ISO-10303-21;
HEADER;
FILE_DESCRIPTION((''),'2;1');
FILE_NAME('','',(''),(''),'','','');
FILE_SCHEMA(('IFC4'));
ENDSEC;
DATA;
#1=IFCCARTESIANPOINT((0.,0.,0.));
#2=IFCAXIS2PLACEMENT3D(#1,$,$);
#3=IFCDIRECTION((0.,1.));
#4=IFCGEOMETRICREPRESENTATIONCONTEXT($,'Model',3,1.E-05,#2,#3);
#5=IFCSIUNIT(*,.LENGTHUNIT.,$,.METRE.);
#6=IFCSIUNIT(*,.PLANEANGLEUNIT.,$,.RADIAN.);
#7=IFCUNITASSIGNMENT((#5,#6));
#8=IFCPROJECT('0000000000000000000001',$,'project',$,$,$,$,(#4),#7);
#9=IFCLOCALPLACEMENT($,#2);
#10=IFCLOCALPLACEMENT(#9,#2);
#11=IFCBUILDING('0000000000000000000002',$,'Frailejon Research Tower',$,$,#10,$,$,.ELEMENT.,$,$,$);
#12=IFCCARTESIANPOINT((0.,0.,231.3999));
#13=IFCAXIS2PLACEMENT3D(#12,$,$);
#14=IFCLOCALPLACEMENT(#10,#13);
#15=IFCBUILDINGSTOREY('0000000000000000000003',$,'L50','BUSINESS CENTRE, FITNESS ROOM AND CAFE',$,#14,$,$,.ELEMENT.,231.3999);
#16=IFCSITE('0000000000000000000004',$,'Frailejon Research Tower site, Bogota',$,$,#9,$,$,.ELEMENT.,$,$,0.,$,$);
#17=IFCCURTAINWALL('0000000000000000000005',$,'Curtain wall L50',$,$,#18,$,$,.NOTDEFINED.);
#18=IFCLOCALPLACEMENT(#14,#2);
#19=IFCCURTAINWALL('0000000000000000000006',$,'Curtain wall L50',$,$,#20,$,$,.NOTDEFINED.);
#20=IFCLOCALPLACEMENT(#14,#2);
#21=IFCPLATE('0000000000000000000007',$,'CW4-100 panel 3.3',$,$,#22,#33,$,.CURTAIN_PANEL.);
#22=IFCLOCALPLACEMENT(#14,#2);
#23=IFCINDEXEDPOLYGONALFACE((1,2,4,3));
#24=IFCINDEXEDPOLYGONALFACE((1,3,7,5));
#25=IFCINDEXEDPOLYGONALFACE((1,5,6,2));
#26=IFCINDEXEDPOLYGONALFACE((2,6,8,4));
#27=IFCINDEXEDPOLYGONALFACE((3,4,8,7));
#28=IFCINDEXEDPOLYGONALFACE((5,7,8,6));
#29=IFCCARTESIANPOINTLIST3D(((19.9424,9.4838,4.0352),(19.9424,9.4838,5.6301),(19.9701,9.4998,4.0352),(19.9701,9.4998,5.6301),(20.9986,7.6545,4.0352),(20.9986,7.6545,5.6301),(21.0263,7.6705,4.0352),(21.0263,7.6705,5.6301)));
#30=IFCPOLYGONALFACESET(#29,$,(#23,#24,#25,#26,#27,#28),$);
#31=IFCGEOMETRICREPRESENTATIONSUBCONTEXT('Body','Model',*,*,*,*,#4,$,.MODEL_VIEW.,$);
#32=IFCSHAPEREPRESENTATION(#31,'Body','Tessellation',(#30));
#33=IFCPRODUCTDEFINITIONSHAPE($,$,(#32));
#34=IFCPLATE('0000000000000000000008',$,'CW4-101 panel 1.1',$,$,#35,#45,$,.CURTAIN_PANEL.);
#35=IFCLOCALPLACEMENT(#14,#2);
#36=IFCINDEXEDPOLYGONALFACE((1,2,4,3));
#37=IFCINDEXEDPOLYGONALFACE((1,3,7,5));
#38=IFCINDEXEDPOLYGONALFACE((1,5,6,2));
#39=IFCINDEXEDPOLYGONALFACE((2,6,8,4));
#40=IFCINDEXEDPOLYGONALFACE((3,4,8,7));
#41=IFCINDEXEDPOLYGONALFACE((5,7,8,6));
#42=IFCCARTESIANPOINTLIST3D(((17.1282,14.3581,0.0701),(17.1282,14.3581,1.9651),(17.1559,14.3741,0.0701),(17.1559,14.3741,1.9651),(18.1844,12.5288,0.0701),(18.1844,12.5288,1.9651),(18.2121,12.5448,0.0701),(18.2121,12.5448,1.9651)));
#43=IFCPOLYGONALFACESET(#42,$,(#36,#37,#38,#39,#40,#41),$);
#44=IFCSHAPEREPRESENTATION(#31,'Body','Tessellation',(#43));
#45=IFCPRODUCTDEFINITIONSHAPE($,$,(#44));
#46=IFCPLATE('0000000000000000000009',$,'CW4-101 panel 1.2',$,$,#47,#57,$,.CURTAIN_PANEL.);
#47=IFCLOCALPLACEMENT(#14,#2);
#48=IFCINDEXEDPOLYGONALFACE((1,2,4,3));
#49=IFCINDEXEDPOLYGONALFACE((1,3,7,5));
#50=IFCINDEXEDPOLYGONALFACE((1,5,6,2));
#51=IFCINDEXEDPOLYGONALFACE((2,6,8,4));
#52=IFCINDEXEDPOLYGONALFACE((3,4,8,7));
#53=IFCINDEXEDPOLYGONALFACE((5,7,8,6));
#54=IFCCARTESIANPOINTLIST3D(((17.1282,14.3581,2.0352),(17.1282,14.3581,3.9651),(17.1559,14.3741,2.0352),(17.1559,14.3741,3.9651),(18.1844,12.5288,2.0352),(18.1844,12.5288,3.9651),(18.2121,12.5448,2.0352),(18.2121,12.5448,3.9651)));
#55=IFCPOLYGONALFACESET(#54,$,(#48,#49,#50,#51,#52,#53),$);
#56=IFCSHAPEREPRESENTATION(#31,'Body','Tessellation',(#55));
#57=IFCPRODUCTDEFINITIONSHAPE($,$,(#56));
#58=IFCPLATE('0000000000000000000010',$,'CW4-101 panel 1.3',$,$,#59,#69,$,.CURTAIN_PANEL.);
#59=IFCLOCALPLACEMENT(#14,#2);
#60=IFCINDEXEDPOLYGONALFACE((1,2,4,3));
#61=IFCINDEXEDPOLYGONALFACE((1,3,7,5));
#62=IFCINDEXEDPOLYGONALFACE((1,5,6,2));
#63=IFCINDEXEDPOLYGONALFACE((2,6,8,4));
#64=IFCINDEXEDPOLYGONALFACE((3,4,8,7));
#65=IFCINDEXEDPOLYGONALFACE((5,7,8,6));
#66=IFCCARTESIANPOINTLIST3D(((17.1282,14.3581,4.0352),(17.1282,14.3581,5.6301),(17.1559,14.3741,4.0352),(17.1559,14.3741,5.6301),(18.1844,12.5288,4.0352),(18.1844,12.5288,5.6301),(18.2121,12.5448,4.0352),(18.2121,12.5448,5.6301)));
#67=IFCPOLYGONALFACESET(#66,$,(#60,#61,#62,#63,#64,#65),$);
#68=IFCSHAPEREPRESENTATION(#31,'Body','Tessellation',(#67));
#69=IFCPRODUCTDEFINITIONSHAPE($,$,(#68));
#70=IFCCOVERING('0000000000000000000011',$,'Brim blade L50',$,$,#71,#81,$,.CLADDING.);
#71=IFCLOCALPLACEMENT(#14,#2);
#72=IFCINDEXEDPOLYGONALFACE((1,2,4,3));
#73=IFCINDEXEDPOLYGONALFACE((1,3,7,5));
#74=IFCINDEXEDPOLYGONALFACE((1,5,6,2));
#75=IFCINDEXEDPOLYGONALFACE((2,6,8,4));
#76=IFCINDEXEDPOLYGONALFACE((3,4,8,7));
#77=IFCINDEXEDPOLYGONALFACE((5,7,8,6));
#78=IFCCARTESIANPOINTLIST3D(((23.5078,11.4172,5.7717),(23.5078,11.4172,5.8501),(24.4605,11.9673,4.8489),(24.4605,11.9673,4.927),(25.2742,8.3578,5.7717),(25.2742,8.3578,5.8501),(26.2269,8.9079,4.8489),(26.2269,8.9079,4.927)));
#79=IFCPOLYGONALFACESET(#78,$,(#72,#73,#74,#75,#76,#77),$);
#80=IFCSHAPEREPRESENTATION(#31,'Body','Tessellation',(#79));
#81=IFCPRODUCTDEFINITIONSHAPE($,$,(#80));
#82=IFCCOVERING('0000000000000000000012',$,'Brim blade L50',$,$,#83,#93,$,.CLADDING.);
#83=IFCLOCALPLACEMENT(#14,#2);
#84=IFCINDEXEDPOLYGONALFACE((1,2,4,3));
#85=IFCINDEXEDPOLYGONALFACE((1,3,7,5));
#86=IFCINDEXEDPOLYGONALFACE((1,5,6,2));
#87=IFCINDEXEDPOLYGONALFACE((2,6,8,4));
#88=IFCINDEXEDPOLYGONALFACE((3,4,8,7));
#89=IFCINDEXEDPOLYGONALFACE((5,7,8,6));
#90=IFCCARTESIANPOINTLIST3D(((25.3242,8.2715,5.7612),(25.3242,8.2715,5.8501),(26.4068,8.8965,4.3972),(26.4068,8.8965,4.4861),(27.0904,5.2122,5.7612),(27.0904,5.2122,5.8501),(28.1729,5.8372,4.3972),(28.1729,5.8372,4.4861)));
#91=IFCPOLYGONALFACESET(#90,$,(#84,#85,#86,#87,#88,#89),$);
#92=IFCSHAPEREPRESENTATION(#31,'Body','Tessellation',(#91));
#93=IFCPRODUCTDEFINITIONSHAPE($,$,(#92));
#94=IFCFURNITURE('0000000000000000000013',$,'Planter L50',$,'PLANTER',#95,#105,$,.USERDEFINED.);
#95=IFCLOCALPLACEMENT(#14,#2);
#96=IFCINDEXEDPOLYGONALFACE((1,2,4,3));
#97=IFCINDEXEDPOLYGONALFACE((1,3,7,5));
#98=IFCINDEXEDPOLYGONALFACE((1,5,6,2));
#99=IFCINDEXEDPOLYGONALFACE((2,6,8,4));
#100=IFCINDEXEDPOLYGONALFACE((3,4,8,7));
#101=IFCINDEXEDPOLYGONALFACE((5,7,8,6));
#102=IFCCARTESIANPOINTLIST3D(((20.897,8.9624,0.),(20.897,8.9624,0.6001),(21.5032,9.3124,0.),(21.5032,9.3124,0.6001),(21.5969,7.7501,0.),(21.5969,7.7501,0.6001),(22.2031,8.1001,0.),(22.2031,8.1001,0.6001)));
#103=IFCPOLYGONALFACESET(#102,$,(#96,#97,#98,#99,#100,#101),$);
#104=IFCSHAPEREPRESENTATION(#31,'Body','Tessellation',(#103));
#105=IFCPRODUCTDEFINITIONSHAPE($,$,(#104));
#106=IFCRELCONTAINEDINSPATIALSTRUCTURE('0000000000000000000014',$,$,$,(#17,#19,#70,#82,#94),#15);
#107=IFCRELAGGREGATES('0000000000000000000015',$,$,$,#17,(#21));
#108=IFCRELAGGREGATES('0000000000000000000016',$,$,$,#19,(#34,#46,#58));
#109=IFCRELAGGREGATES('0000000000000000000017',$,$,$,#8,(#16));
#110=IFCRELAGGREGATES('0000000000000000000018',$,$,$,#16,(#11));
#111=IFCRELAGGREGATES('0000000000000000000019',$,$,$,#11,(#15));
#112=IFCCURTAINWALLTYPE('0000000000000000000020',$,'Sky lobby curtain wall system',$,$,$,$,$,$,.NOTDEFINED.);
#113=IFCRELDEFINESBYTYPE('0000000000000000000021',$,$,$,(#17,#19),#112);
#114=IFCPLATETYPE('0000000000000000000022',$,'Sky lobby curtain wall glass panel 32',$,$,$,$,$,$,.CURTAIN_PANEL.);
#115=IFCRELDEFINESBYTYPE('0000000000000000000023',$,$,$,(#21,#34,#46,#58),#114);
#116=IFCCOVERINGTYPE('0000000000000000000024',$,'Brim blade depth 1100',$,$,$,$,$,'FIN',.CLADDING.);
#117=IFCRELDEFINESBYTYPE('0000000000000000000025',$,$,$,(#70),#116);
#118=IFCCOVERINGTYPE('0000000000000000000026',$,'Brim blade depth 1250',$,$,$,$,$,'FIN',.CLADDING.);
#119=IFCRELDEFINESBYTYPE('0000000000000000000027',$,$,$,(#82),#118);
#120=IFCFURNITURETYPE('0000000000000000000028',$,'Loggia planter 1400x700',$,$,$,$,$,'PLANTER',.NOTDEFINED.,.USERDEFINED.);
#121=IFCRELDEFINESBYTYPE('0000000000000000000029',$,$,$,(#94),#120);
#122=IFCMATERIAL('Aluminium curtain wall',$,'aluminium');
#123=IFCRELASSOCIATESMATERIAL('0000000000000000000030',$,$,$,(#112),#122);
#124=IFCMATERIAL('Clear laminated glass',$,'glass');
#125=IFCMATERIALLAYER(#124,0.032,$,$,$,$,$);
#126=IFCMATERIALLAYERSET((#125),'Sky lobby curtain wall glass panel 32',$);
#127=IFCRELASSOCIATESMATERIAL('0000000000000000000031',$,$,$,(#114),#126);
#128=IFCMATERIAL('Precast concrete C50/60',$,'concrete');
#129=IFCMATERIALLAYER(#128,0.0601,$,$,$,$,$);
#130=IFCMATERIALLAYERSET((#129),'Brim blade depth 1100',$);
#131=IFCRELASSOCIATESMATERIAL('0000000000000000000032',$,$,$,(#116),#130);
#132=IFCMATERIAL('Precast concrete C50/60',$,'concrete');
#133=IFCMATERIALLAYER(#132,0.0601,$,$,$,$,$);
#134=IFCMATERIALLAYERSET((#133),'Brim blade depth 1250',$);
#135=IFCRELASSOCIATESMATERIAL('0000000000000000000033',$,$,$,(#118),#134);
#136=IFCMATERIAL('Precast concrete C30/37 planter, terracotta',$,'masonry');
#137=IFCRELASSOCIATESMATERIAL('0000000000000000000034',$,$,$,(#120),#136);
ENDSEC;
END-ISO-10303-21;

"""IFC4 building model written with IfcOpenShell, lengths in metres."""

from ifc_helpers import new_model, si_unit, direction, frame, origin, origin_2d, place, context, subcontext, project, spatial, polyline, rectangle, outline, extrude, material, layer, layer_set, type_object, element, aggregate, save


model = new_model("IFC4")

# Units and contexts
model_context = context("Model", 3, precision=1e-05, world=origin(), true_north=direction((0.0, 1.0)))
body_context = subcontext(model_context, "Body", "Model", "MODEL_VIEW")
ifc_project = project(units=[si_unit("LENGTHUNIT", "METRE"), si_unit("PLANEANGLEUNIT", "RADIAN")], contexts=[model_context])

# Site, building, storey
site_placement = place(None, origin())
site = spatial("IfcSite", under=ifc_project, at=site_placement, Name="Frailejon Research Tower site, Bogota", CompositionType="ELEMENT", RefElevation=0.0)
building_placement = place(site_placement, origin())
building = spatial("IfcBuilding", under=site, at=building_placement, Name="Frailejon Research Tower", CompositionType="ELEMENT")
storey_placement = place(building_placement, frame((0.0, 0.0, 231.3999)))
storey = spatial("IfcBuildingStorey", under=building, at=storey_placement, Name="L50", Description="BUSINESS CENTRE, FITNESS ROOM AND CAFE", CompositionType="ELEMENT", Elevation=231.3999)

# Curtain wall
ifc_material_1 = material(Name="Aluminium curtain wall", Category="aluminium")
curtain_wall_type = type_object("IfcCurtainWallType", Name="Sky lobby curtain wall system", PredefinedType="NOTDEFINED", material=ifc_material_1)
curtain_wall_1_placement = place(storey_placement, origin())
curtain_wall_1 = element("IfcCurtainWall", 1, at=curtain_wall_1_placement, inside=storey, type_object=curtain_wall_type, Name="Curtain wall L50", PredefinedType="NOTDEFINED")

# Curtain wall
curtain_wall_2_placement = place(storey_placement, origin())
curtain_wall_2 = element("IfcCurtainWall", 2, at=curtain_wall_2_placement, inside=storey, type_object=curtain_wall_type, Name="Curtain wall L50", PredefinedType="NOTDEFINED")

# Plates
ifc_material_2 = material(Name="Clear laminated glass", Category="glass")
ifc_layer_1 = layer(ifc_material_2, 0.032)
ifc_layer_set_1 = layer_set([ifc_layer_1], Name="Sky lobby curtain wall glass panel 32")
plate_type = type_object("IfcPlateType", Name="Sky lobby curtain wall glass panel 32", PredefinedType="CURTAIN_PANEL", material=ifc_layer_set_1)
plate_1_placement = place(storey_placement, frame((20.4844, 8.5771, 4.0352), z_axis=(0.0, 0.0, 1.0), x_axis=(-0.5, 0.866025, 0.0)))
plate_1 = element("IfcPlate", 3, at=plate_1_placement, type_object=plate_type, Name="CW4-100 panel 3.3", PredefinedType="CURTAIN_PANEL", context=body_context, shape_type="SweptSolid", body=[
    extrude(rectangle(XDim=2.1123, YDim=0.032, at=origin_2d()), origin(), (0.0, 0.0, 1.0), 1.595),
])
aggregate(curtain_wall_1, [plate_1])
plate_2_placement = place(storey_placement, frame((17.6702, 13.4514, 0.0701), z_axis=(0.0, 0.0, 1.0), x_axis=(-0.5, 0.866025, 0.0)))
plate_2 = element("IfcPlate", 4, at=plate_2_placement, type_object=plate_type, Name="CW4-101 panel 1.1", PredefinedType="CURTAIN_PANEL", context=body_context, shape_type="SweptSolid", body=[
    extrude(rectangle(XDim=2.1123, YDim=0.032, at=origin_2d()), origin(), (0.0, 0.0, 1.0), 1.895),
])
plate_3_placement = place(storey_placement, frame((17.6702, 13.4514, 2.0352), z_axis=(0.0, 0.0, 1.0), x_axis=(-0.5, 0.866025, 0.0)))
plate_3 = element("IfcPlate", 5, at=plate_3_placement, type_object=plate_type, Name="CW4-101 panel 1.2", PredefinedType="CURTAIN_PANEL", context=body_context, shape_type="SweptSolid", body=[
    extrude(rectangle(XDim=2.1123, YDim=0.032, at=origin_2d()), origin(), (0.0, 0.0, 1.0), 1.9299),
])
plate_4_placement = place(storey_placement, frame((17.6702, 13.4514, 4.0352), z_axis=(0.0, 0.0, 1.0), x_axis=(-0.5, 0.866025, 0.0)))
plate_4 = element("IfcPlate", 6, at=plate_4_placement, type_object=plate_type, Name="CW4-101 panel 1.3", PredefinedType="CURTAIN_PANEL", context=body_context, shape_type="SweptSolid", body=[
    extrude(rectangle(XDim=2.1123, YDim=0.032, at=origin_2d()), origin(), (0.0, 0.0, 1.0), 1.595),
])
aggregate(curtain_wall_2, [plate_2, plate_3, plate_4])

# Coverings
ifc_material_3 = material(Name="Precast concrete C50/60", Category="concrete")
ifc_layer_2 = layer(ifc_material_3, 0.0601)
ifc_layer_set_2 = layer_set([ifc_layer_2], Name="Brim blade depth 1100")
covering_type_1 = type_object("IfcCoveringType", Name="Brim blade depth 1100", ElementType="FIN", PredefinedType="CLADDING", material=ifc_layer_set_2)
covering_1_placement = place(storey_placement, frame((23.5078, 11.4172, 5.8501), z_axis=(0.500003, -0.866024, 0.0), x_axis=(0.866024, 0.500003, 0.0)))
element("IfcCovering", 7, at=covering_1_placement, inside=storey, type_object=covering_type_1, Name="Brim blade L50", PredefinedType="CLADDING", context=body_context, shape_type="SweptSolid", body=[
    extrude(outline(polyline([(0.0, -0.0784), (1.1001, -1.0012), (1.1001, -0.9231), (0.0, 0.0), (0.0, -0.0784)])), origin(), (0.0, 0.0, 1.0), 3.5327),
])
ifc_material_4 = material(Name="Precast concrete C50/60", Category="concrete")
ifc_layer_3 = layer(ifc_material_4, 0.0601)
ifc_layer_set_3 = layer_set([ifc_layer_3], Name="Brim blade depth 1250")
covering_type_2 = type_object("IfcCoveringType", Name="Brim blade depth 1250", ElementType="FIN", PredefinedType="CLADDING", material=ifc_layer_set_3)
covering_2_placement = place(storey_placement, frame((25.3242, 8.2715, 5.8501), z_axis=(0.499982, -0.866036, 0.0), x_axis=(0.866036, 0.499982, 0.0)))
element("IfcCovering", 8, at=covering_2_placement, inside=storey, type_object=covering_type_2, Name="Brim blade L50", PredefinedType="CLADDING", context=body_context, shape_type="SweptSolid", body=[
    extrude(outline(polyline([(0.0, -0.0889), (1.25, -1.4529), (1.25, -1.364), (0.0, 0.0), (0.0, -0.0889)])), origin(), (0.0, 0.0, 1.0), 3.5325),
])

# Furniture
ifc_material_5 = material(Name="Precast concrete C30/37 planter, terracotta", Category="masonry")
furniture_type = type_object("IfcFurnitureType", Name="Loggia planter 1400x700", ElementType="PLANTER", AssemblyPlace="NOTDEFINED", PredefinedType="USERDEFINED", material=ifc_material_5)
furniture_placement = place(storey_placement, frame((21.55, 8.5312, 0.0), z_axis=(0.0, 0.0, 1.0), x_axis=(-0.5, 0.866025, 0.0)))
element("IfcFurniture", 9, at=furniture_placement, inside=storey, type_object=furniture_type, Name="Planter L50", ObjectType="PLANTER", PredefinedType="USERDEFINED", context=body_context, shape_type="SweptSolid", body=[
    extrude(rectangle(XDim=1.3999, YDim=0.7, at=origin_2d()), origin(), (0.0, 0.0, 1.0), 0.6001),
])

save(model, "model.ifc")
